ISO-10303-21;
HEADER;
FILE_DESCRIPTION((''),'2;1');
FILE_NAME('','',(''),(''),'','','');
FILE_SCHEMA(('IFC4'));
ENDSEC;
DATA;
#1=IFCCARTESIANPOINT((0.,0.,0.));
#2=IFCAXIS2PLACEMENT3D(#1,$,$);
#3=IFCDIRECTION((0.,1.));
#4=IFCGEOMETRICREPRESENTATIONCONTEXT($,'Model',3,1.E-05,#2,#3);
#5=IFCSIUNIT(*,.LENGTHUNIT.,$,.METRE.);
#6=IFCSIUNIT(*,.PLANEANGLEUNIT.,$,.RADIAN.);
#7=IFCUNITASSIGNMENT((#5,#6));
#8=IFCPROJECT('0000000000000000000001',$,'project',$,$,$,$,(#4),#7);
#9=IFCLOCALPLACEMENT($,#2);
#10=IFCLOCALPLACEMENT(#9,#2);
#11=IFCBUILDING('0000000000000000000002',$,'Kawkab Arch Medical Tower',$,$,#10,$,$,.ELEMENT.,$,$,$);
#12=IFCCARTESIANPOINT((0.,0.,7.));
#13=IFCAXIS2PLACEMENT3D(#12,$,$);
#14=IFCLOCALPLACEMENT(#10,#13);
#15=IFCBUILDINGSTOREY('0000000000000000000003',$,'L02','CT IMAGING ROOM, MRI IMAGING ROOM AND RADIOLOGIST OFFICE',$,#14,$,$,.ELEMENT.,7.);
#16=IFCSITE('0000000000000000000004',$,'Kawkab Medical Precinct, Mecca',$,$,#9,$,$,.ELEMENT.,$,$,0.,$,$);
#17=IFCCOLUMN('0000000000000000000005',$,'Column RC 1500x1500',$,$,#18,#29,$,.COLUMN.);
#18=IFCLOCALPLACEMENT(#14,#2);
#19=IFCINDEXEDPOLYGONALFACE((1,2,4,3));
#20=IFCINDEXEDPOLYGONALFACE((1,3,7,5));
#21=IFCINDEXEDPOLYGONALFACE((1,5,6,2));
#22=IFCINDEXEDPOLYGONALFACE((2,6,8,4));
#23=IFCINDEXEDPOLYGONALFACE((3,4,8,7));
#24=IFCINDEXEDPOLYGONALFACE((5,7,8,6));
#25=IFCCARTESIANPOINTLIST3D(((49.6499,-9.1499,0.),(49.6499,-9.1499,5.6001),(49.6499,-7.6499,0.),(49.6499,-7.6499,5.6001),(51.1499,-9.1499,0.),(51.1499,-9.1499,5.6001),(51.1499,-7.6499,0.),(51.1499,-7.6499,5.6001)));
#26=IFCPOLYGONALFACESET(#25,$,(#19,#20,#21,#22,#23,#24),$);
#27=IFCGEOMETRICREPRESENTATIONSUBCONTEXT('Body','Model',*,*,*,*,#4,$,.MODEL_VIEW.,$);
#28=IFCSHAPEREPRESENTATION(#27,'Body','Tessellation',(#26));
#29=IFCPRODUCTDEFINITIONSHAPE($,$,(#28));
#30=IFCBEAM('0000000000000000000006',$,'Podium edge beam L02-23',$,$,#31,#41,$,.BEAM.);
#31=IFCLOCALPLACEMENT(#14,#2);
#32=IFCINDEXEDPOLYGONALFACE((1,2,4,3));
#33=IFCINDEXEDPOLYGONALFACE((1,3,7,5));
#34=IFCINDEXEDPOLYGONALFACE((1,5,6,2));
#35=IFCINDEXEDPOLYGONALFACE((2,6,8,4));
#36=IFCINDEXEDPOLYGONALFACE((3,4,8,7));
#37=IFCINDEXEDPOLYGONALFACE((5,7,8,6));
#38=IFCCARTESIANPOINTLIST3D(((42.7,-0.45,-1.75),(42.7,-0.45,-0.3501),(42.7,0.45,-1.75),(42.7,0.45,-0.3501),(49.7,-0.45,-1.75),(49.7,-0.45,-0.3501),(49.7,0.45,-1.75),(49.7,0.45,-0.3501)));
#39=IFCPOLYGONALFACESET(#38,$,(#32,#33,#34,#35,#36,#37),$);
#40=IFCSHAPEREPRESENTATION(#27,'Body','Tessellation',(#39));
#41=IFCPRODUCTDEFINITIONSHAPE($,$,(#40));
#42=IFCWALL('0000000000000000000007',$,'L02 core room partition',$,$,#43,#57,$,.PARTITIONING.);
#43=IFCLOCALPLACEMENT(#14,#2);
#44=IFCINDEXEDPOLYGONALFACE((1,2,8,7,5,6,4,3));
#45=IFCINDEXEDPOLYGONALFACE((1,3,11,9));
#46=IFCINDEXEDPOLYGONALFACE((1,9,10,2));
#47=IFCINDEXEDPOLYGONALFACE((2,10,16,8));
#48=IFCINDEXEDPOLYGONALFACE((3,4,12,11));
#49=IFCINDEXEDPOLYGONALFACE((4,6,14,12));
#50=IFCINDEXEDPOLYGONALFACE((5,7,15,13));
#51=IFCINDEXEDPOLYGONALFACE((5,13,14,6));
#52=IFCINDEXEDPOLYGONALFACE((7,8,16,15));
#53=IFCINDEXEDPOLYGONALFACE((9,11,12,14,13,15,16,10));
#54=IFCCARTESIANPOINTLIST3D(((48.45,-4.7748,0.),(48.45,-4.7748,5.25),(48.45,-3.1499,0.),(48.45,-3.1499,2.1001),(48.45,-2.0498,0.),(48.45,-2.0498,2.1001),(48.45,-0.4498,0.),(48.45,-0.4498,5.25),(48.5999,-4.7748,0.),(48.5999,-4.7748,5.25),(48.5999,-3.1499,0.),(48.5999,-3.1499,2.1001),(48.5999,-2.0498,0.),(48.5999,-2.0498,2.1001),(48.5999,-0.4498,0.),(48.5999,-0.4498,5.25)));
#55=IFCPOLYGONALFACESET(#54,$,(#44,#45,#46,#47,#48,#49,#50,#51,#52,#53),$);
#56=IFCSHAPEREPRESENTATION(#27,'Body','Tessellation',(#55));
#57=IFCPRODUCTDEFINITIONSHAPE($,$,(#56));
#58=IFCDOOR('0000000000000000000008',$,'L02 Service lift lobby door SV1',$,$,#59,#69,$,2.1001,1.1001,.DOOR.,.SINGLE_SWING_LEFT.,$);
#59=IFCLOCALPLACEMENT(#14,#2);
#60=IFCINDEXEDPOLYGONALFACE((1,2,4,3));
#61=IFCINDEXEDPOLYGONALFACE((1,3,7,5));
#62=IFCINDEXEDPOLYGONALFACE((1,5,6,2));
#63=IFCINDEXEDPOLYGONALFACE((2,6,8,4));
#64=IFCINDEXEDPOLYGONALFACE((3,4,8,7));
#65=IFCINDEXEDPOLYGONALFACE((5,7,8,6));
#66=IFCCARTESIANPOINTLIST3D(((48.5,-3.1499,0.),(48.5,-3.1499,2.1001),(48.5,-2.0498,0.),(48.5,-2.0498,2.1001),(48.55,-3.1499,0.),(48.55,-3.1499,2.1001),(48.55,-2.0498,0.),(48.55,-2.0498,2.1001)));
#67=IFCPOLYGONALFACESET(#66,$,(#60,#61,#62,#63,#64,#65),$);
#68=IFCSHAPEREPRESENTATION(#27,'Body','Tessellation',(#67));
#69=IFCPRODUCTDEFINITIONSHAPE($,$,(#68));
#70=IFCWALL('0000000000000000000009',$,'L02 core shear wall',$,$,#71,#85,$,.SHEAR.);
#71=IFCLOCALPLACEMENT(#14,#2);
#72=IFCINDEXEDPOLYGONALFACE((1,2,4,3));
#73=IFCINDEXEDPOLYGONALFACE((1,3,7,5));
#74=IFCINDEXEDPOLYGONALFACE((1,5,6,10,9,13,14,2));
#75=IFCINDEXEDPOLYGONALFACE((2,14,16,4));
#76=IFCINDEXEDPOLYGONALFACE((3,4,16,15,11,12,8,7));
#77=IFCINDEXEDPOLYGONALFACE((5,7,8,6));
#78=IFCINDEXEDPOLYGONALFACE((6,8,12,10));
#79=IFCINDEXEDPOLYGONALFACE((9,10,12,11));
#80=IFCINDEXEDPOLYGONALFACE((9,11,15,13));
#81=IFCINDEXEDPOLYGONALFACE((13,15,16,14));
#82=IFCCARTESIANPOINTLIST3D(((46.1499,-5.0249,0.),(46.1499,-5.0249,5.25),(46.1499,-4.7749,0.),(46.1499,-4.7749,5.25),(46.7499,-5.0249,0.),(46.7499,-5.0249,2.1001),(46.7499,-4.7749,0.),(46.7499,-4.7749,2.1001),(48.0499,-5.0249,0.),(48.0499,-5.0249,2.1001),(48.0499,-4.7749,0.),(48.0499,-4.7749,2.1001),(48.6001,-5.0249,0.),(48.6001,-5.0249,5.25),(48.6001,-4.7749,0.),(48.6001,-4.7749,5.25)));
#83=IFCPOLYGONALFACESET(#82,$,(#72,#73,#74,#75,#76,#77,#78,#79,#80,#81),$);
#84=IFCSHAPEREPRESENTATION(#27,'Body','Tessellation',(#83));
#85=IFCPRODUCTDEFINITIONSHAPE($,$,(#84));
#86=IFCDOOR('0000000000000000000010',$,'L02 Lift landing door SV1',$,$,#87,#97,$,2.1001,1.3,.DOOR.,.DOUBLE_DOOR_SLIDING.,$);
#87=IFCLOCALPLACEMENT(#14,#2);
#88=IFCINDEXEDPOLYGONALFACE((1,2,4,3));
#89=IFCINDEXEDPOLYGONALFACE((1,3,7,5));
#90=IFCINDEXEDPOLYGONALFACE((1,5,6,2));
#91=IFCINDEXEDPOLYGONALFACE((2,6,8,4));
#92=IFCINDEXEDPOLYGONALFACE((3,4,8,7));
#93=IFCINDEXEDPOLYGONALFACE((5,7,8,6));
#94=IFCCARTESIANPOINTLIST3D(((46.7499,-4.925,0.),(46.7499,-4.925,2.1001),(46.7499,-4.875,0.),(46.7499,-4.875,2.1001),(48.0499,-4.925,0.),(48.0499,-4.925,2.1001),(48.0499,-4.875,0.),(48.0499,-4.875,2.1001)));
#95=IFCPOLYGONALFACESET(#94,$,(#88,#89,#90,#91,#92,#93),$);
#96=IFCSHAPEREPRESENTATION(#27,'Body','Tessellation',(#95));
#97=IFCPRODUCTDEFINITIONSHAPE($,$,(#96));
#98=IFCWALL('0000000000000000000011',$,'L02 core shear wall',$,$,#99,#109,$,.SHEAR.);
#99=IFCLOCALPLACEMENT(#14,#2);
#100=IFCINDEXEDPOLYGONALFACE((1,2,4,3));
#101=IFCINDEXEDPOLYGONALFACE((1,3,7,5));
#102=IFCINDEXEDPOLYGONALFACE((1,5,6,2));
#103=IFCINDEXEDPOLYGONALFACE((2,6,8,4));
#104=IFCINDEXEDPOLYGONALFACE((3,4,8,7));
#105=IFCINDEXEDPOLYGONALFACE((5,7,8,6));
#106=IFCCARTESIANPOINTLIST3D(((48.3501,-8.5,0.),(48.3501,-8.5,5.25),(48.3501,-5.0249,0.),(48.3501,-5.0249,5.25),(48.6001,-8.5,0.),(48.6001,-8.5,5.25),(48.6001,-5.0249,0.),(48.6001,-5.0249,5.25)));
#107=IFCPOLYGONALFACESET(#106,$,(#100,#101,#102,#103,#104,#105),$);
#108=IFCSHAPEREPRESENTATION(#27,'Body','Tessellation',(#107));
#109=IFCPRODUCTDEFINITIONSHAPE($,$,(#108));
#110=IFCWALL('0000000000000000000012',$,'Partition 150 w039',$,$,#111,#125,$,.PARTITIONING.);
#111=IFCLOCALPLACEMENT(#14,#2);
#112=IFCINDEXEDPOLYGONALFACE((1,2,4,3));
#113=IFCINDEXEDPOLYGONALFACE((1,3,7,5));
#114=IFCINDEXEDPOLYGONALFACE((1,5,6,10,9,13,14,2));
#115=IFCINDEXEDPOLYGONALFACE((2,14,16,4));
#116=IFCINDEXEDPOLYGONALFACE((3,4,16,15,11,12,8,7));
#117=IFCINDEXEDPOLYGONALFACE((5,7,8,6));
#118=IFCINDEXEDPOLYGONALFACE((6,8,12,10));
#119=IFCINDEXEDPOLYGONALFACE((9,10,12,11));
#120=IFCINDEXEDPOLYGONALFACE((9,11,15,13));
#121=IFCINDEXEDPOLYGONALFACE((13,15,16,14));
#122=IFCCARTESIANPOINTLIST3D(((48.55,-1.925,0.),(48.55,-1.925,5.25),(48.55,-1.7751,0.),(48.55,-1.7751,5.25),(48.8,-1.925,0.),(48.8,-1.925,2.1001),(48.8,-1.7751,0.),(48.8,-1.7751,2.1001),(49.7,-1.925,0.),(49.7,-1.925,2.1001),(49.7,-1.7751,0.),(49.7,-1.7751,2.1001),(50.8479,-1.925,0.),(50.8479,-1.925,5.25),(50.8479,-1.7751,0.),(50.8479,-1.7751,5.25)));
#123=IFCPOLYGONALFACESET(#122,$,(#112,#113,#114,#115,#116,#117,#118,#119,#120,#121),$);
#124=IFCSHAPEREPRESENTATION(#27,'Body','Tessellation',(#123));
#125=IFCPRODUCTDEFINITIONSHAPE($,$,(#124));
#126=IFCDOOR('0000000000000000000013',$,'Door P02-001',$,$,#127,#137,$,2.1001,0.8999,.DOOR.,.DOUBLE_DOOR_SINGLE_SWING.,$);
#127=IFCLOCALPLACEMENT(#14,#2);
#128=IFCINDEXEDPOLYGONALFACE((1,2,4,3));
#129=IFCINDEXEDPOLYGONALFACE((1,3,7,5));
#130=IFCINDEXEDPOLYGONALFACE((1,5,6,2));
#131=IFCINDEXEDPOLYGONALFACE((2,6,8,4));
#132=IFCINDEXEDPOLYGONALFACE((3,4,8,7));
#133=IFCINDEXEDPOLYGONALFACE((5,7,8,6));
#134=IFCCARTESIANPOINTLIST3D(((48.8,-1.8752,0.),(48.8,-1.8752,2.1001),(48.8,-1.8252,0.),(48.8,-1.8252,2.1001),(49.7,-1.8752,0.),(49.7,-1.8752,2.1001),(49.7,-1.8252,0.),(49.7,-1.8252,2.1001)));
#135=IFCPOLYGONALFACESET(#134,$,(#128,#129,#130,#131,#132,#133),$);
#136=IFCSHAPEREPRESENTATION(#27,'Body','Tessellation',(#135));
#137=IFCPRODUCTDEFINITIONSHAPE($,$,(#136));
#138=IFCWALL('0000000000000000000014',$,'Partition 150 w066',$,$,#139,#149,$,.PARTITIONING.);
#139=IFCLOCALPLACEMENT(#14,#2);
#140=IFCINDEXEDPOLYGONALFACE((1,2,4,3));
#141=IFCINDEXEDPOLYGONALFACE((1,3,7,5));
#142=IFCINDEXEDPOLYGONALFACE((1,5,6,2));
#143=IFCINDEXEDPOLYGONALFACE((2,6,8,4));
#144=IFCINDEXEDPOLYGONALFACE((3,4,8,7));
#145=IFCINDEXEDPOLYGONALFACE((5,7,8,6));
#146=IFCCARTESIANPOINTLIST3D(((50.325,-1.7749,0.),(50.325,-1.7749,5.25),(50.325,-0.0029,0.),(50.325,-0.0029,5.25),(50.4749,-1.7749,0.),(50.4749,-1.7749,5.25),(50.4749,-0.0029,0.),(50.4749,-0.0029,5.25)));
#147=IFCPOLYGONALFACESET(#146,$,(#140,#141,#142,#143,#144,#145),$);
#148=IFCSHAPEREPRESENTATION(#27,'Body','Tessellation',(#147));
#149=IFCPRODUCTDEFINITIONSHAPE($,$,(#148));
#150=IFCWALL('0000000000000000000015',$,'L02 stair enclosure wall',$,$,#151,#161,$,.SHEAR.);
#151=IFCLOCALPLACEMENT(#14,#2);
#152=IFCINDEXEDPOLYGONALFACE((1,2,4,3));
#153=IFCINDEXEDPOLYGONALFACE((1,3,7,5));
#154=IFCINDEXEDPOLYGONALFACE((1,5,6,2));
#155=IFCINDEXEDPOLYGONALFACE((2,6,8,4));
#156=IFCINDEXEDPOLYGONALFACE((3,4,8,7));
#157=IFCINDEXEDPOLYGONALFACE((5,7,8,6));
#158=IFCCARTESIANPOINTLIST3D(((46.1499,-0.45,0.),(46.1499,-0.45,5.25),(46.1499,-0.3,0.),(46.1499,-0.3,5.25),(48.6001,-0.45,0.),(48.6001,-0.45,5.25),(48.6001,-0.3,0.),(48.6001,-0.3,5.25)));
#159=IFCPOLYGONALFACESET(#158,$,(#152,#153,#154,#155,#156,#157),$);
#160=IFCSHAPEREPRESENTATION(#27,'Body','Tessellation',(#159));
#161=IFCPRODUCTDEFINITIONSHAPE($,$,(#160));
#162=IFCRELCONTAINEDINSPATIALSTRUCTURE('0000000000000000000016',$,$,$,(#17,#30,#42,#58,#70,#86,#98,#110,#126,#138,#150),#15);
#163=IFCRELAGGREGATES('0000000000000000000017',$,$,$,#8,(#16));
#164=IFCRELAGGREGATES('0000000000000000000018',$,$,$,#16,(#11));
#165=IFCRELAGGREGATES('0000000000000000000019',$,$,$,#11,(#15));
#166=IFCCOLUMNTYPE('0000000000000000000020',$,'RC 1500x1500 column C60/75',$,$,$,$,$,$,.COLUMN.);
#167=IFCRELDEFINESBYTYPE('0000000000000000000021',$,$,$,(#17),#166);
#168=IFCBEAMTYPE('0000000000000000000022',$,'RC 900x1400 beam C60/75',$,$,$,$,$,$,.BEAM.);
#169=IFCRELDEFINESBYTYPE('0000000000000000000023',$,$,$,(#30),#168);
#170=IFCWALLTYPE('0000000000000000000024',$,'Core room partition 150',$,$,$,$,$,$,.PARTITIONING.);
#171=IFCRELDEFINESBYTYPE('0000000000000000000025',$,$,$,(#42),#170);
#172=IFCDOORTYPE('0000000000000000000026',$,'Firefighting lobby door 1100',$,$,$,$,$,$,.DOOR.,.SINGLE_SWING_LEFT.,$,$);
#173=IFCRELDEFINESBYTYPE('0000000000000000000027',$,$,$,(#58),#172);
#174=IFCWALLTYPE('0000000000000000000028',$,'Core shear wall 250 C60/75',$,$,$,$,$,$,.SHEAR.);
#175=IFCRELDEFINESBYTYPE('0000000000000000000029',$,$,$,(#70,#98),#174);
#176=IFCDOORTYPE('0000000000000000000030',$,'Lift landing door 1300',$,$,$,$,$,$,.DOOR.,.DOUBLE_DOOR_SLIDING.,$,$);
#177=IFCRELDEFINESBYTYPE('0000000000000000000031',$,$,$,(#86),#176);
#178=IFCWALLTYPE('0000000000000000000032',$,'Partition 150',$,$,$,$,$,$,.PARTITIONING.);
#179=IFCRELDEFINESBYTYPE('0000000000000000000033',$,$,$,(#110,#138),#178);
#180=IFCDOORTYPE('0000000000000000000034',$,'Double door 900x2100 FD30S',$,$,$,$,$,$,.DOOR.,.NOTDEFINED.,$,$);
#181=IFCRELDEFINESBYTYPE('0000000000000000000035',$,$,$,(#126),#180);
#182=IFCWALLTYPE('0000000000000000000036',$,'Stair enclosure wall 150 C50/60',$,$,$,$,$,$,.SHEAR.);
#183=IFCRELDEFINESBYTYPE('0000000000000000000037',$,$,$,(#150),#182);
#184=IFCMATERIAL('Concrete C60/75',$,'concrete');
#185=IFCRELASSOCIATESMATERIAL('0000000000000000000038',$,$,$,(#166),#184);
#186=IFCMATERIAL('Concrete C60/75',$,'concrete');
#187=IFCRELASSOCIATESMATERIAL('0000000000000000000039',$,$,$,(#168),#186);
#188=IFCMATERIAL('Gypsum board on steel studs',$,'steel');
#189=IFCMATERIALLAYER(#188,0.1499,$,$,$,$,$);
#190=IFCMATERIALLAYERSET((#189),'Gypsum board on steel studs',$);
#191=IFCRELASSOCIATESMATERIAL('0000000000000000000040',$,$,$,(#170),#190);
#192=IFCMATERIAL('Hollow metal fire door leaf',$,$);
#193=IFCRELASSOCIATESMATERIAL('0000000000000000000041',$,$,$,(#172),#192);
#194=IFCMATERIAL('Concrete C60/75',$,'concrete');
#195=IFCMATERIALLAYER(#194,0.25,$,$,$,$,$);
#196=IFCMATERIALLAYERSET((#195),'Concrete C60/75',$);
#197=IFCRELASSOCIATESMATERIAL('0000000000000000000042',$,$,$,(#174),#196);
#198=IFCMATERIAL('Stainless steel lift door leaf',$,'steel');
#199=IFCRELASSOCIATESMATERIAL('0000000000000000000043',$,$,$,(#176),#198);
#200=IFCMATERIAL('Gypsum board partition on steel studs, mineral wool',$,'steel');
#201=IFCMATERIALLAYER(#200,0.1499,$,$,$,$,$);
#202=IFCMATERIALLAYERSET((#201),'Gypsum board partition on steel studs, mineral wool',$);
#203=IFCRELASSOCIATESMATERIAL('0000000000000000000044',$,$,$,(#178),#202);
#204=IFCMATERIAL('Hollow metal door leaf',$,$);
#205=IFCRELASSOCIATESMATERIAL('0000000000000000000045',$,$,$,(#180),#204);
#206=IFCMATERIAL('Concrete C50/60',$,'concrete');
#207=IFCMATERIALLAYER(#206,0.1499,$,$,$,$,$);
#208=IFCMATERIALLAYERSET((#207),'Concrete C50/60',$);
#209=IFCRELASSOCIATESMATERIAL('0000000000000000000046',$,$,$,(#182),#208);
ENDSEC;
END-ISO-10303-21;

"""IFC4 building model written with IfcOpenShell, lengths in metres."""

from ifc_helpers import new_model, si_unit, direction, frame, frame_2d, origin, origin_2d, place, context, subcontext, project, spatial, rectangle, extrude, material, layer, layer_set, material_profile, profile_set, type_object, element, fill, save


model = new_model("IFC4")

# Units and contexts
model_context = context("Model", 3, precision=1e-05, world=origin(), true_north=direction((0.0, 1.0)))
body_context = subcontext(model_context, "Body", "Model", "MODEL_VIEW")
ifc_project = project(units=[si_unit("LENGTHUNIT", "METRE"), si_unit("PLANEANGLEUNIT", "RADIAN")], contexts=[model_context])

# Site, building, storey
site_placement = place(None, origin())
site = spatial("IfcSite", under=ifc_project, at=site_placement, Name="Kawkab Medical Precinct, Mecca", CompositionType="ELEMENT", RefElevation=0.0)
building_placement = place(site_placement, origin())
building = spatial("IfcBuilding", under=site, at=building_placement, Name="Kawkab Arch Medical Tower", CompositionType="ELEMENT")
storey_placement = place(building_placement, frame((0.0, 0.0, 7.0)))
storey = spatial("IfcBuildingStorey", under=building, at=storey_placement, Name="L02", Description="CT IMAGING ROOM, MRI IMAGING ROOM AND RADIOLOGIST OFFICE", CompositionType="ELEMENT", Elevation=7.0)

# Column
ifc_material_1 = material(Name="Concrete C60/75", Category="concrete")
ifc_material_profile_1 = material_profile(ifc_material_1, rectangle(XDim=1.5, YDim=1.5, at=origin_2d()), Name="RC 1500x1500")
ifc_profile_set_1 = profile_set([ifc_material_profile_1], Name="Concrete C60/75")
column_type = type_object("IfcColumnType", Name="RC 1500x1500 column C60/75", PredefinedType="COLUMN", material=ifc_profile_set_1)
column_placement = place(storey_placement, frame((50.3999, -8.3999, 0.0), z_axis=(0.0, 0.0, 1.0), x_axis=(1.0, 0.0, 0.0)))
element("IfcColumn", 1, at=column_placement, inside=storey, type_object=column_type, Name="Column RC 1500x1500", PredefinedType="COLUMN", context=body_context, shape_type="SweptSolid", body=[
    extrude(rectangle(XDim=1.5, YDim=1.5, at=origin_2d()), origin(), (0.0, 0.0, 1.0), 5.6001),
])

# Beam
ifc_material_2 = material(Name="Concrete C60/75", Category="concrete")
ifc_material_profile_2 = material_profile(ifc_material_2, rectangle(XDim=0.8999, YDim=1.3999, at=origin_2d()), Name="RC 900x1400")
ifc_profile_set_2 = profile_set([ifc_material_profile_2], Name="Concrete C60/75")
beam_type = type_object("IfcBeamType", Name="RC 900x1400 beam C60/75", PredefinedType="BEAM", material=ifc_profile_set_2)
beam_placement = place(storey_placement, frame((49.7, 0.0, -1.05), z_axis=(-1.0, 0.0, 0.0), x_axis=(0.0, -1.0, 0.0)))
element("IfcBeam", 2, at=beam_placement, inside=storey, type_object=beam_type, Name="Podium edge beam L02-23", PredefinedType="BEAM", context=body_context, shape_type="SweptSolid", body=[
    extrude(rectangle(XDim=0.8999, YDim=1.3999, at=origin_2d()), origin(), (0.0, 0.0, 1.0), 7.0),
])

# Walls, openings, doors
ifc_material_3 = material(Name="Gypsum board on steel studs", Category="steel")
ifc_layer_1 = layer(ifc_material_3, 0.1499)
ifc_layer_set_1 = layer_set([ifc_layer_1], Name="Gypsum board on steel studs")
wall_type_1 = type_object("IfcWallType", Name="Core room partition 150", PredefinedType="PARTITIONING", material=ifc_layer_set_1)
wall_1_placement = place(storey_placement, frame((48.5249, -4.7749, 0.0), z_axis=(0.0, 0.0, 1.0), x_axis=(0.0, 1.0, 0.0)))
wall_1 = element("IfcWall", 3, at=wall_1_placement, inside=storey, type_object=wall_type_1, Name="L02 core room partition", PredefinedType="PARTITIONING", context=body_context, shape_type="SweptSolid", body=[
    extrude(rectangle(XDim=4.325, YDim=0.1499, at=frame_2d((2.1626, 0.0))), origin(), (0.0, 0.0, 1.0), 5.25),
])
opening_1_placement = place(wall_1_placement, frame((1.625, 0.0, 0.0)))
opening_1 = element("IfcOpeningElement", 4, at=opening_1_placement, cuts=wall_1, PredefinedType="OPENING", context=body_context, shape_type="SweptSolid", body=[
    extrude(rectangle(XDim=1.1001, YDim=2.1001, at=frame_2d((0.55, 1.05))), frame((0.0, 0.085, 0.0), z_axis=(0.0, -1.0, 0.0), x_axis=(1.0, 0.0, 0.0)), (0.0, 0.0, 1.0), 0.1699),
])
ifc_material_4 = material(Name="Hollow metal fire door leaf")
door_type_1 = type_object("IfcDoorType", Name="Firefighting lobby door 1100", OperationType="SINGLE_SWING_LEFT", PredefinedType="DOOR", material=ifc_material_4)
door_1_placement = place(opening_1_placement, origin())
door_1 = element("IfcDoor", 5, at=door_1_placement, inside=storey, type_object=door_type_1, Name="L02 Service lift lobby door SV1", OperationType="SINGLE_SWING_LEFT", OverallHeight=2.1001, OverallWidth=1.1001, PredefinedType="DOOR", context=body_context, shape_type="SweptSolid", body=[
    extrude(rectangle(XDim=1.1001, YDim=2.1001, at=frame_2d((0.55, 1.05))), frame((0.0, 0.0249, 0.0), z_axis=(0.0, -1.0, 0.0), x_axis=(1.0, 0.0, 0.0)), (0.0, 0.0, 1.0), 0.05),
])
fill(opening_1, door_1)
ifc_material_5 = material(Name="Concrete C60/75", Category="concrete")
ifc_layer_2 = layer(ifc_material_5, 0.25)
ifc_layer_set_2 = layer_set([ifc_layer_2], Name="Concrete C60/75")
wall_type_2 = type_object("IfcWallType", Name="Core shear wall 250 C60/75", PredefinedType="SHEAR", material=ifc_layer_set_2)
wall_2_placement = place(storey_placement, frame((46.1499, -4.8999, 0.0), z_axis=(0.0, 0.0, 1.0), x_axis=(1.0, 0.0, 0.0)))
wall_2 = element("IfcWall", 6, at=wall_2_placement, inside=storey, type_object=wall_type_2, Name="L02 core shear wall", PredefinedType="SHEAR", context=body_context, shape_type="SweptSolid", body=[
    extrude(rectangle(XDim=2.4502, YDim=0.25, at=frame_2d((1.2251, 0.0))), origin(), (0.0, 0.0, 1.0), 5.25),
])
opening_2_placement = place(wall_2_placement, frame((0.6001, 0.0, 0.0)))
opening_2 = element("IfcOpeningElement", 7, at=opening_2_placement, cuts=wall_2, PredefinedType="OPENING", context=body_context, shape_type="SweptSolid", body=[
    extrude(rectangle(XDim=1.3, YDim=2.1001, at=frame_2d((0.6499, 1.05))), frame((0.0, 0.135, 0.0), z_axis=(0.0, -1.0, 0.0), x_axis=(1.0, 0.0, 0.0)), (0.0, 0.0, 1.0), 0.27),
])
ifc_material_6 = material(Name="Stainless steel lift door leaf", Category="steel")
door_type_2 = type_object("IfcDoorType", Name="Lift landing door 1300", OperationType="DOUBLE_DOOR_SLIDING", PredefinedType="DOOR", material=ifc_material_6)
door_2_placement = place(opening_2_placement, origin())
door_2 = element("IfcDoor", 8, at=door_2_placement, inside=storey, type_object=door_type_2, Name="L02 Lift landing door SV1", OperationType="DOUBLE_DOOR_SLIDING", OverallHeight=2.1001, OverallWidth=1.3, PredefinedType="DOOR", context=body_context, shape_type="SweptSolid", body=[
    extrude(rectangle(XDim=1.3, YDim=2.1001, at=frame_2d((0.6499, 1.05))), frame((0.0, 0.0249, 0.0), z_axis=(0.0, -1.0, 0.0), x_axis=(1.0, 0.0, 0.0)), (0.0, 0.0, 1.0), 0.05),
])
fill(opening_2, door_2)

# Wall
wall_3_placement = place(storey_placement, frame((48.4751, -8.5, 0.0), z_axis=(0.0, 0.0, 1.0), x_axis=(0.0, 1.0, 0.0)))
element("IfcWall", 9, at=wall_3_placement, inside=storey, type_object=wall_type_2, Name="L02 core shear wall", PredefinedType="SHEAR", context=body_context, shape_type="SweptSolid", body=[
    extrude(rectangle(XDim=3.4751, YDim=0.25, at=frame_2d((1.7375, 0.0))), origin(), (0.0, 0.0, 1.0), 5.25),
])

# Wall, opening, door
ifc_material_7 = material(Name="Gypsum board partition on steel studs, mineral wool", Category="steel")
ifc_layer_3 = layer(ifc_material_7, 0.1499)
ifc_layer_set_3 = layer_set([ifc_layer_3], Name="Gypsum board partition on steel studs, mineral wool")
wall_type_3 = type_object("IfcWallType", Name="Partition 150", PredefinedType="PARTITIONING", material=ifc_layer_set_3)
wall_4_placement = place(storey_placement, frame((48.55, -1.8501, 0.0), z_axis=(0.0, 0.0, 1.0), x_axis=(1.0, 0.0, 0.0)))
wall_4 = element("IfcWall", 10, at=wall_4_placement, inside=storey, type_object=wall_type_3, Name="Partition 150 w039", PredefinedType="PARTITIONING", context=body_context, shape_type="SweptSolid", body=[
    extrude(rectangle(XDim=2.2979, YDim=0.1499, at=frame_2d((1.1489, 0.0))), origin(), (0.0, 0.0, 1.0), 5.25),
])
opening_3_placement = place(wall_4_placement, frame((0.25, 0.0, 0.0)))
opening_3 = element("IfcOpeningElement", 11, at=opening_3_placement, cuts=wall_4, PredefinedType="OPENING", context=body_context, shape_type="SweptSolid", body=[
    extrude(rectangle(XDim=0.8999, YDim=2.1001, at=frame_2d((0.45, 1.05))), frame((0.0, 0.085, 0.0), z_axis=(0.0, -1.0, 0.0), x_axis=(1.0, 0.0, 0.0)), (0.0, 0.0, 1.0), 0.1699),
])
ifc_material_8 = material(Name="Hollow metal door leaf")
door_type_3 = type_object("IfcDoorType", Name="Double door 900x2100 FD30S", OperationType="NOTDEFINED", PredefinedType="DOOR", material=ifc_material_8)
door_3_placement = place(opening_3_placement, origin())
door_3 = element("IfcDoor", 12, at=door_3_placement, inside=storey, type_object=door_type_3, Name="Door P02-001", OperationType="DOUBLE_DOOR_SINGLE_SWING", OverallHeight=2.1001, OverallWidth=0.8999, PredefinedType="DOOR", context=body_context, shape_type="SweptSolid", body=[
    extrude(rectangle(XDim=0.8999, YDim=2.1001, at=frame_2d((0.45, 1.05))), frame((0.0, 0.0249, 0.0), z_axis=(0.0, -1.0, 0.0), x_axis=(1.0, 0.0, 0.0)), (0.0, 0.0, 1.0), 0.05),
])
fill(opening_3, door_3)

# Walls
wall_5_placement = place(storey_placement, frame((50.3999, -1.7749, 0.0), z_axis=(0.0, 0.0, 1.0), x_axis=(0.0, 1.0, 0.0)))
element("IfcWall", 13, at=wall_5_placement, inside=storey, type_object=wall_type_3, Name="Partition 150 w066", PredefinedType="PARTITIONING", context=body_context, shape_type="SweptSolid", body=[
    extrude(rectangle(XDim=1.772, YDim=0.1499, at=frame_2d((0.886, 0.0))), origin(), (0.0, 0.0, 1.0), 5.25),
])
ifc_material_9 = material(Name="Concrete C50/60", Category="concrete")
ifc_layer_4 = layer(ifc_material_9, 0.1499)
ifc_layer_set_4 = layer_set([ifc_layer_4], Name="Concrete C50/60")
wall_type_4 = type_object("IfcWallType", Name="Stair enclosure wall 150 C50/60", PredefinedType="SHEAR", material=ifc_layer_set_4)
for number, where, z_axis, x_axis, name in (
    (14, (46.1499, -0.375, 0.0), (0.0, 0.0, 1.0), (1.0, 0.0, 0.0), "L02 stair enclosure wall"),
):
    element("IfcWall", number, at=place(storey_placement, frame(where, z_axis=z_axis, x_axis=x_axis)), inside=storey, type_object=wall_type_4, Name=name, PredefinedType="SHEAR", context=body_context, shape_type="SweptSolid", body=[
        extrude(rectangle(XDim=2.4502, YDim=0.1499, at=frame_2d((1.2251, 0.0))), origin(), (0.0, 0.0, 1.0), 5.25),
    ])

save(model, "model.ifc")
